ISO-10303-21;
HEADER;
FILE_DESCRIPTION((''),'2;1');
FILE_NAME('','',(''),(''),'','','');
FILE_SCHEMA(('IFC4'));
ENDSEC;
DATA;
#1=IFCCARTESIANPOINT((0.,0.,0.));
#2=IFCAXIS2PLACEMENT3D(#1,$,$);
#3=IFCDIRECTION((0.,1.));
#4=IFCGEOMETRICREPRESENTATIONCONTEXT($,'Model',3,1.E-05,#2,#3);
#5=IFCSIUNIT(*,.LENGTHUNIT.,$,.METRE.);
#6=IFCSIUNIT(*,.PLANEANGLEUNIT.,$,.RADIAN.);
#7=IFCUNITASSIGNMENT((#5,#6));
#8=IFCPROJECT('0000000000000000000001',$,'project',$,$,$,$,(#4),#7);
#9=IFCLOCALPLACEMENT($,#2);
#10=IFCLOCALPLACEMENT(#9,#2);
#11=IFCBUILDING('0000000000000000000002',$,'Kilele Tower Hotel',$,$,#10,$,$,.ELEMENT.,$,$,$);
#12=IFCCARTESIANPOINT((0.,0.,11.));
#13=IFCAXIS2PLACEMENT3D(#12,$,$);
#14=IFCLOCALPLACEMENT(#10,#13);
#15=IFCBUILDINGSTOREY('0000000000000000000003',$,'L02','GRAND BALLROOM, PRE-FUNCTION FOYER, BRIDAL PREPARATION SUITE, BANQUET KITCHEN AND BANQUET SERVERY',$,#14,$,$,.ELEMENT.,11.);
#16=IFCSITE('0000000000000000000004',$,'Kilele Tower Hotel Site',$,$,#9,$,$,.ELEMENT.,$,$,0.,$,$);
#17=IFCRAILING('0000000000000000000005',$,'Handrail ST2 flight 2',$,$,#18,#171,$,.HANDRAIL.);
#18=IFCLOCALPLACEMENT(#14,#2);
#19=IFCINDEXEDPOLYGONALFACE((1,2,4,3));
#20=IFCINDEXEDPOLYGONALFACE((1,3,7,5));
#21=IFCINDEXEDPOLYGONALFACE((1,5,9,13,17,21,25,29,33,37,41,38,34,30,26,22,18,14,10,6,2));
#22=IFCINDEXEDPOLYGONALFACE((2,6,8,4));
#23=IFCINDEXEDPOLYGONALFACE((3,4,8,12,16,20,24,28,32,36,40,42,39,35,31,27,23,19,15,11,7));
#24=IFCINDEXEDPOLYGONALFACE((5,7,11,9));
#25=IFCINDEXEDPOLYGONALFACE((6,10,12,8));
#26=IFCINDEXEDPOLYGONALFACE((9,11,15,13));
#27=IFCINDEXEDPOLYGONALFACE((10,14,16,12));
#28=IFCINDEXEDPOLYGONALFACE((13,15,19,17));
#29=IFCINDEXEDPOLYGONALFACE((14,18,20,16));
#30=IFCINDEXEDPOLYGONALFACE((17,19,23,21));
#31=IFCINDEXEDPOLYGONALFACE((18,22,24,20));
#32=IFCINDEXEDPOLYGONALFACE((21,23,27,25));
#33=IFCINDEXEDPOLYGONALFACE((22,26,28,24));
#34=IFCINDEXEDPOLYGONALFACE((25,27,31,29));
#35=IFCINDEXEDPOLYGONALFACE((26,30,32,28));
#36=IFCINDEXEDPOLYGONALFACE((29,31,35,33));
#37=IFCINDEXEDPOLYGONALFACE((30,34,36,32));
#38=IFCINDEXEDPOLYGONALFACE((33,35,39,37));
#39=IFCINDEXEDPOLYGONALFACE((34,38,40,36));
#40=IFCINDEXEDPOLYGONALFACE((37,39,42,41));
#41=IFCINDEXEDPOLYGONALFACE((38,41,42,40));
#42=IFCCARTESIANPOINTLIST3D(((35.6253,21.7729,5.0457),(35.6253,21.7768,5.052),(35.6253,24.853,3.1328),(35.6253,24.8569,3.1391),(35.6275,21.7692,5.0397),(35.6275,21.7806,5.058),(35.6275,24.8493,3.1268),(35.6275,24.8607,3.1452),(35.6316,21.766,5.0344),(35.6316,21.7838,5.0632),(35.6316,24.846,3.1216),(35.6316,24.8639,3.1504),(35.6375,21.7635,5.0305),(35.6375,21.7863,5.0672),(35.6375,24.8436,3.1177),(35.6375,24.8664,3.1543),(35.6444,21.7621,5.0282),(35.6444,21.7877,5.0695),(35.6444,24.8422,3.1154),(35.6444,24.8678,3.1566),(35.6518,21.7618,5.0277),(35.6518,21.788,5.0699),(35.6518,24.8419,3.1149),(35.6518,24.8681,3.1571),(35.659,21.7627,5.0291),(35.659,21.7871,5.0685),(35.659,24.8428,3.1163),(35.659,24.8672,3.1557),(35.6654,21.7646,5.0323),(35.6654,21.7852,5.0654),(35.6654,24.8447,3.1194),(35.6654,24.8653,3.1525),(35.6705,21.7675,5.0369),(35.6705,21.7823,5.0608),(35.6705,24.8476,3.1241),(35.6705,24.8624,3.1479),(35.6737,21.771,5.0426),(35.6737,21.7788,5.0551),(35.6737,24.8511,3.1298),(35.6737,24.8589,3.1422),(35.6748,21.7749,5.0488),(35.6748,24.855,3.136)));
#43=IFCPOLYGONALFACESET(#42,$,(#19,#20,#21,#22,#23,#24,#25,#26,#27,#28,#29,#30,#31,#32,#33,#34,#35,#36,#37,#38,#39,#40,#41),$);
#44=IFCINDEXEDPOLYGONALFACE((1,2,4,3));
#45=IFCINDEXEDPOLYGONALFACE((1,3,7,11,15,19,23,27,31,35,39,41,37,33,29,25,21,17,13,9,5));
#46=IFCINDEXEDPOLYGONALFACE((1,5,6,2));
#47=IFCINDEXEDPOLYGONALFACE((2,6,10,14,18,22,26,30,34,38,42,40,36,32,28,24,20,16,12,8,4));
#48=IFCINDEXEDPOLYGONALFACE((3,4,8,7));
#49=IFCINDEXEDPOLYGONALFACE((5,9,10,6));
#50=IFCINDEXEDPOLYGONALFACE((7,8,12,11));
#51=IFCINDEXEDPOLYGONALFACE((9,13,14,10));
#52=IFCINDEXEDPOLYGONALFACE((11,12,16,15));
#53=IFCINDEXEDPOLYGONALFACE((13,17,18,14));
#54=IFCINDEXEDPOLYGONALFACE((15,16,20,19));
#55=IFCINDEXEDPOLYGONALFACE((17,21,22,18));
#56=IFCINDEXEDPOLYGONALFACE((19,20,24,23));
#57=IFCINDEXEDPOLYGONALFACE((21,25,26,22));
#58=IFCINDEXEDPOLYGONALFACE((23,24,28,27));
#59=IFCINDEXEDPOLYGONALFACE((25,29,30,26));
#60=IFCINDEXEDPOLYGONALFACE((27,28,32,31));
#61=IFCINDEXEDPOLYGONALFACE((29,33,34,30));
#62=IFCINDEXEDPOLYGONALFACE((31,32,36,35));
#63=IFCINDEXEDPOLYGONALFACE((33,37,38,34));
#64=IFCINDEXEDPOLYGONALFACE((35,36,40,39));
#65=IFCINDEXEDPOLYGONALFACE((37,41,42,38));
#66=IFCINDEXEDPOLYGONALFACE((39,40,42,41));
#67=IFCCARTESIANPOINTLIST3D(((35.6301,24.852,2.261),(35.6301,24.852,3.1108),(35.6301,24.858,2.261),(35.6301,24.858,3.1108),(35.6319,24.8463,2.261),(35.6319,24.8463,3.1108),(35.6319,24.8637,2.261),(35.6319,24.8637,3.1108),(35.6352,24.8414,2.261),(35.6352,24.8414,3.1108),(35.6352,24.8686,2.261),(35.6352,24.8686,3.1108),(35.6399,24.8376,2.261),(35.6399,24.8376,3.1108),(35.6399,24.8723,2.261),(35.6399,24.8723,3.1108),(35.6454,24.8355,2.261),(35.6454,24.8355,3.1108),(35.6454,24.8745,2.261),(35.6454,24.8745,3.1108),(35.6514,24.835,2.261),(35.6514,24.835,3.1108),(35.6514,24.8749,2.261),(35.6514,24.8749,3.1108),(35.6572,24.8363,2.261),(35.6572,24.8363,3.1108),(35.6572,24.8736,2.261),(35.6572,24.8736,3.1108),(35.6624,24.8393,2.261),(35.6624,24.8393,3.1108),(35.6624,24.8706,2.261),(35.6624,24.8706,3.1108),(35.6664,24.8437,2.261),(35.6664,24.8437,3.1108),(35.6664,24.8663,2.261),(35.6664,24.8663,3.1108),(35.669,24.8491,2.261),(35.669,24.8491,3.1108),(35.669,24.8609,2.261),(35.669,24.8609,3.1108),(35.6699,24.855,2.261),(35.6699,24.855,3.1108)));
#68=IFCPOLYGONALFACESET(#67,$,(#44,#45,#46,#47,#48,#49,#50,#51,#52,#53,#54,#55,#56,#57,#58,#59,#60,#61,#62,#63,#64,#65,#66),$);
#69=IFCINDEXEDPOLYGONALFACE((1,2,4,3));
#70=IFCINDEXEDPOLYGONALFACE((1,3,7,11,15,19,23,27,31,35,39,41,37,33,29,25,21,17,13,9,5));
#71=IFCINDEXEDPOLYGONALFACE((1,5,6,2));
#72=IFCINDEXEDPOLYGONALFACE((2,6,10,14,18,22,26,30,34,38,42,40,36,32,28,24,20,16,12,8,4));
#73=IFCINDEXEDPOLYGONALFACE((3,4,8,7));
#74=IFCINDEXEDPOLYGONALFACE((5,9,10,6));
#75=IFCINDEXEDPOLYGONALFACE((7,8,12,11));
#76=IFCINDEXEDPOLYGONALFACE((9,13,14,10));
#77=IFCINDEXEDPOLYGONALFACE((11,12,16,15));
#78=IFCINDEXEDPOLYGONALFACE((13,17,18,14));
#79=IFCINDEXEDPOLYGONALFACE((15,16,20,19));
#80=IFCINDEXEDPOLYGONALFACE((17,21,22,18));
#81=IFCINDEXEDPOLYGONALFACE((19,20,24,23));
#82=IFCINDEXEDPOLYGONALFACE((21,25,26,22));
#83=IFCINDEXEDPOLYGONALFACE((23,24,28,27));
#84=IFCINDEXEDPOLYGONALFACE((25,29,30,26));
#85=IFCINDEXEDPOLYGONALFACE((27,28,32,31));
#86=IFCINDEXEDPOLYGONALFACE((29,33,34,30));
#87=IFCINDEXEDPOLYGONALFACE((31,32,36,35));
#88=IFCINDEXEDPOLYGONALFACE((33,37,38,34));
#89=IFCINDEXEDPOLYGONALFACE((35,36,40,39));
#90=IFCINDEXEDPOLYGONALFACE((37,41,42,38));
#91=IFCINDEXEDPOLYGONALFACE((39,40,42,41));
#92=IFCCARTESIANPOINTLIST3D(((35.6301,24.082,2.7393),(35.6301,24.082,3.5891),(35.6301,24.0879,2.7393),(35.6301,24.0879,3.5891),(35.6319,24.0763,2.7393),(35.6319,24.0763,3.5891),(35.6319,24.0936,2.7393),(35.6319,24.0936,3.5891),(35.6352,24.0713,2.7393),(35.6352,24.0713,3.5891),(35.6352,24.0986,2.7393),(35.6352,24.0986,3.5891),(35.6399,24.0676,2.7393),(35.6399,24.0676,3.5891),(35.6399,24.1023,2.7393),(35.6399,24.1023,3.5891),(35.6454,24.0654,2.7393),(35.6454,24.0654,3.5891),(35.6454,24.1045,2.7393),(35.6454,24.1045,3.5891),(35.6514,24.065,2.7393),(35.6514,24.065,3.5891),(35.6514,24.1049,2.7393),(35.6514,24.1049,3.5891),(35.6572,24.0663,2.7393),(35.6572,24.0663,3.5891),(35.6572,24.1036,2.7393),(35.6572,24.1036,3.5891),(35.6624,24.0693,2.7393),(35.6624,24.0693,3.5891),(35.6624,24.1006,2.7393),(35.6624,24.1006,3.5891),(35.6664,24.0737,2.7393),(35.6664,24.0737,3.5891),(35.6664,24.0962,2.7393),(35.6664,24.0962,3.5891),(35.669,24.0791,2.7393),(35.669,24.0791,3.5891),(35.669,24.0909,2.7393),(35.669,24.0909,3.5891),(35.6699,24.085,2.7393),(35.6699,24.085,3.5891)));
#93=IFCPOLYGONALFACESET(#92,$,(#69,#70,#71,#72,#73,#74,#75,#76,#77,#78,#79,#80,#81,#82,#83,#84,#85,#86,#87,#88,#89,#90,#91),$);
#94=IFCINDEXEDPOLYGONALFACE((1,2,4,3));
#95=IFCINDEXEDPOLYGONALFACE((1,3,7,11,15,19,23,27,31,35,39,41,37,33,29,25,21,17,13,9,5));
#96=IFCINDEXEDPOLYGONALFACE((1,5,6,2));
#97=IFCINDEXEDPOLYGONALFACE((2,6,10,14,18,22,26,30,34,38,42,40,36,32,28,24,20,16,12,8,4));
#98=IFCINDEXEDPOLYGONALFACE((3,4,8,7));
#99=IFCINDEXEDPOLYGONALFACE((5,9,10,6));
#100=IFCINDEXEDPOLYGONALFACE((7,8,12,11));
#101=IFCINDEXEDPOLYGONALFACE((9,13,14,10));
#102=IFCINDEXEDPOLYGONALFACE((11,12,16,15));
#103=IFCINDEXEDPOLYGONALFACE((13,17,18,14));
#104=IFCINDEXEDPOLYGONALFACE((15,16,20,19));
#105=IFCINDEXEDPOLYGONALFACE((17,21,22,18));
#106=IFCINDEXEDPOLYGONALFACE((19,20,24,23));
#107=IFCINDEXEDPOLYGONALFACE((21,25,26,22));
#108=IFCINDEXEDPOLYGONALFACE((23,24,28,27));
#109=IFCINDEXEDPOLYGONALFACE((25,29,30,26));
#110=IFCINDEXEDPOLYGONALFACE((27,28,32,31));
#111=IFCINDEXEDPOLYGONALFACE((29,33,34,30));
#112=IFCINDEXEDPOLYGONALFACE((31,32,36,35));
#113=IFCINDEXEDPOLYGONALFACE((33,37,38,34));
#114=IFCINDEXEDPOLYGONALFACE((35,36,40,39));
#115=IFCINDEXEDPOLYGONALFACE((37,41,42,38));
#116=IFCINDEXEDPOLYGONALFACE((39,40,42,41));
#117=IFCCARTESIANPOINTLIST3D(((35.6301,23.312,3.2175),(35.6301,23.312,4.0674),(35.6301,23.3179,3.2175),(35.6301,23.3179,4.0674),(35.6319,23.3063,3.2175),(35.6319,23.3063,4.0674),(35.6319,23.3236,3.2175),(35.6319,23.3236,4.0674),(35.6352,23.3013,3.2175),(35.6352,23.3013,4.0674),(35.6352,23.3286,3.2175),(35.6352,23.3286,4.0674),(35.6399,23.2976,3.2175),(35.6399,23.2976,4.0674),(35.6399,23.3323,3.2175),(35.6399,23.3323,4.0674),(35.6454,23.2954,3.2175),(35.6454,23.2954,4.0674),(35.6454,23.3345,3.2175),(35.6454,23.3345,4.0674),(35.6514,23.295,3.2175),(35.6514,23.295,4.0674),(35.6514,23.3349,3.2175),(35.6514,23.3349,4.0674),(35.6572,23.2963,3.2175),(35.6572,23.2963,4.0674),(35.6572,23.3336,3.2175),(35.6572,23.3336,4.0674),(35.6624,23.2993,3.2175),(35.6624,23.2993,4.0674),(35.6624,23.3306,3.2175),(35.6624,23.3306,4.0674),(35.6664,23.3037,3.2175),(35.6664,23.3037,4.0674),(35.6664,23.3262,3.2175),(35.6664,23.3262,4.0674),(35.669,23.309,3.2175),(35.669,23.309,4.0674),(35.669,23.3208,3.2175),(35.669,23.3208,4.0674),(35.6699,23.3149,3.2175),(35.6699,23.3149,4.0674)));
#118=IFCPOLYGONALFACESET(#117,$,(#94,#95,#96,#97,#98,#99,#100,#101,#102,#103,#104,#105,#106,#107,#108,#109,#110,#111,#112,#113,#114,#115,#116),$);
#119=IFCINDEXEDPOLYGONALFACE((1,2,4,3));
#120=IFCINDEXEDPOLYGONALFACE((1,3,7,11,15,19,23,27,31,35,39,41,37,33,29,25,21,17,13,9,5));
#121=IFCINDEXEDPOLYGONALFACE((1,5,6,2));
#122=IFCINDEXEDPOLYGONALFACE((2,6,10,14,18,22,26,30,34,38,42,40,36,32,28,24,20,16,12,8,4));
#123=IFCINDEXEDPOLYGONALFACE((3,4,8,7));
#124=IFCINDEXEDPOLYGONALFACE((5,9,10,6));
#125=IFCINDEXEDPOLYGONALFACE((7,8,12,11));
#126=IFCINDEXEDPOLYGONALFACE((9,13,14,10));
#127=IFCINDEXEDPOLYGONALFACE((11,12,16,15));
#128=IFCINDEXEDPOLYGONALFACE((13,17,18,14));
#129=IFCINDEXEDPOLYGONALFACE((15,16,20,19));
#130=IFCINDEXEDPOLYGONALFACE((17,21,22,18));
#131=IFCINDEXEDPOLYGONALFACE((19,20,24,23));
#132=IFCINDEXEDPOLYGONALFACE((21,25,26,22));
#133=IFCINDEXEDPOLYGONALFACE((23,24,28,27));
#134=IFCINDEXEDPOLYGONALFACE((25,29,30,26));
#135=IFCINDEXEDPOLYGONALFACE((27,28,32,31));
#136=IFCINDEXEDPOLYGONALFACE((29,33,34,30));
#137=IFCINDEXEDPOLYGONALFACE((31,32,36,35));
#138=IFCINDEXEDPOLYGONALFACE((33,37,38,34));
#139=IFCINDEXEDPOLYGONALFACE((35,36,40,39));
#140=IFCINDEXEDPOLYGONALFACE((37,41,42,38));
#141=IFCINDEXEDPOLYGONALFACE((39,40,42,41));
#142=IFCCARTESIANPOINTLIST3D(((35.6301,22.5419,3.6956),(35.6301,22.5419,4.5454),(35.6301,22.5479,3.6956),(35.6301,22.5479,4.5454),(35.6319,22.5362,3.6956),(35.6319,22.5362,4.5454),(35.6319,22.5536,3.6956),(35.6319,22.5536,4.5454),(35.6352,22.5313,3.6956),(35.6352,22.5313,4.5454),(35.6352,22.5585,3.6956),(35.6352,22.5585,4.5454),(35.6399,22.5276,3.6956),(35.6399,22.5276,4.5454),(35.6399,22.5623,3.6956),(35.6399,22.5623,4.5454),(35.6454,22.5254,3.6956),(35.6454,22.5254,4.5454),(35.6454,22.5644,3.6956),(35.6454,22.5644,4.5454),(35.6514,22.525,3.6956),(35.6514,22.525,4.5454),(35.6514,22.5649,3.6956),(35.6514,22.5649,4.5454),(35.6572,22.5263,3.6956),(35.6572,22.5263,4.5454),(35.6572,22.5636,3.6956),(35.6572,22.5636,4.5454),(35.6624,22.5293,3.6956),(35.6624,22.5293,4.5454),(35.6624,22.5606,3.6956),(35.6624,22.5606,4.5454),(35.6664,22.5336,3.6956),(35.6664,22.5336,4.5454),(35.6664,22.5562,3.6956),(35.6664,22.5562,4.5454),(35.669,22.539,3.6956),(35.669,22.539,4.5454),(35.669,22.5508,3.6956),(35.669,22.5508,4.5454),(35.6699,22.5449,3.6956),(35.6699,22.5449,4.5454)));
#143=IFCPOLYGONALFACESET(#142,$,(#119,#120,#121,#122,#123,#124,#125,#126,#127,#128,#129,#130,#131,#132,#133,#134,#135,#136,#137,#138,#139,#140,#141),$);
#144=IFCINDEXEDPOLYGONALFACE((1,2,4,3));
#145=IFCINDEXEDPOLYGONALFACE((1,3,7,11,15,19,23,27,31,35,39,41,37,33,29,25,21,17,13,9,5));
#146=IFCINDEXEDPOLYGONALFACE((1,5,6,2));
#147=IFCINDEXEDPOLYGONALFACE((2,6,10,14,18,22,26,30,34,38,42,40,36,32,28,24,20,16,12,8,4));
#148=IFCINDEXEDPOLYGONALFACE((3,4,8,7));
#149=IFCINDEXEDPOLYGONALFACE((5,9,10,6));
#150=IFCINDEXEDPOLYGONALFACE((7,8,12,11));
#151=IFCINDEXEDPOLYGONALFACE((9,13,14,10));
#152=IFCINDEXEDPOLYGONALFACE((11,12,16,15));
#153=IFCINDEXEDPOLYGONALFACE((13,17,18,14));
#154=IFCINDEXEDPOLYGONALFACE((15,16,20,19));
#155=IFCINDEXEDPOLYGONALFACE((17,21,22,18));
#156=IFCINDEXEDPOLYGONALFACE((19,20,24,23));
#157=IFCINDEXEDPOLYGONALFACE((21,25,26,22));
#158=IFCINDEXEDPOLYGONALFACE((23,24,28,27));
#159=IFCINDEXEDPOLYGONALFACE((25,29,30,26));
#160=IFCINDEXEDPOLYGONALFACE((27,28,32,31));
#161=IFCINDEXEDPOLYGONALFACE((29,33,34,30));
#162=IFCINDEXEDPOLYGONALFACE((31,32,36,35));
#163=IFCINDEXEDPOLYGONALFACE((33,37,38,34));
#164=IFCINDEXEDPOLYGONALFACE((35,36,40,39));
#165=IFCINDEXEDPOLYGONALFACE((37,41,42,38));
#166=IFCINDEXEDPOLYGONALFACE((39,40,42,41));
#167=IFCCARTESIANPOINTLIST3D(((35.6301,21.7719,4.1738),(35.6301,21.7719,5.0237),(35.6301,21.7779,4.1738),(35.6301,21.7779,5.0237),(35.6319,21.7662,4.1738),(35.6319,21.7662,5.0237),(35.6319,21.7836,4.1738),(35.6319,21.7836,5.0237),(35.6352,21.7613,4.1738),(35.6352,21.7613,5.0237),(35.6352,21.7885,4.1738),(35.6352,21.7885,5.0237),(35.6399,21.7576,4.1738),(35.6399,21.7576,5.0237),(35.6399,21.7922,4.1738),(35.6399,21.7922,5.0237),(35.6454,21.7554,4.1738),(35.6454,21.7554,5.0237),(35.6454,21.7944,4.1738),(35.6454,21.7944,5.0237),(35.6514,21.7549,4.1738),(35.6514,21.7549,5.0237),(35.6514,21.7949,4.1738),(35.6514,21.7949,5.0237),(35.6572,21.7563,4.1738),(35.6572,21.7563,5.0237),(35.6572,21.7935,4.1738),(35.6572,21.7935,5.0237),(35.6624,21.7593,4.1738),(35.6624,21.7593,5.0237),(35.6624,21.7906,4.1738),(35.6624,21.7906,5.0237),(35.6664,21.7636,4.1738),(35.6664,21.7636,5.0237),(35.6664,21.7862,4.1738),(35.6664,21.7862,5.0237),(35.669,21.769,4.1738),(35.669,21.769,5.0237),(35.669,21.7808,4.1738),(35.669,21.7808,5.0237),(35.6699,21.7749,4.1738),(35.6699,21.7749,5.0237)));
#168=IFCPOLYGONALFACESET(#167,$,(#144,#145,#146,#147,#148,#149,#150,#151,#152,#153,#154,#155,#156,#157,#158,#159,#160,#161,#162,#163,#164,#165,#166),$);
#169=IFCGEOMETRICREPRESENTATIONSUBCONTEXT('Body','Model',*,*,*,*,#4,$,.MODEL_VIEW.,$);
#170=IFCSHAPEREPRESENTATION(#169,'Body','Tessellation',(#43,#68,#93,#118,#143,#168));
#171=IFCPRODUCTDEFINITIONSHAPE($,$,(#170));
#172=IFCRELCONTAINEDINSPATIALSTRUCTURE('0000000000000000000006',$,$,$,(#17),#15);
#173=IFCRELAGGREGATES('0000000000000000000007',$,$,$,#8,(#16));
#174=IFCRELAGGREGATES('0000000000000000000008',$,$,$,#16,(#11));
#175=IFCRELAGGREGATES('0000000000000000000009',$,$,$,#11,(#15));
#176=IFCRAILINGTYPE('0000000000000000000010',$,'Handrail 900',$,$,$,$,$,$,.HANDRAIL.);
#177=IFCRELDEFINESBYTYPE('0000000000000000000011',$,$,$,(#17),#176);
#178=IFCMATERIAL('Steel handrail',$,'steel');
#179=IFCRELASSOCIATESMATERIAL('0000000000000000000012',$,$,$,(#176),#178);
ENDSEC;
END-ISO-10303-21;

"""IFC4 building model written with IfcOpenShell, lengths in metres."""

from ifc_helpers import new_model, si_unit, direction, frame, origin, origin_2d, place, context, subcontext, project, spatial, circle, extrude, material, type_object, element, save


model = new_model("IFC4")

# Units and contexts
model_context = context("Model", 3, precision=1e-05, world=origin(), true_north=direction((0.0, 1.0)))
body_context = subcontext(model_context, "Body", "Model", "MODEL_VIEW")
ifc_project = project(units=[si_unit("LENGTHUNIT", "METRE"), si_unit("PLANEANGLEUNIT", "RADIAN")], contexts=[model_context])

# Site, building, storey
site_placement = place(None, origin())
site = spatial("IfcSite", under=ifc_project, at=site_placement, Name="Kilele Tower Hotel Site", CompositionType="ELEMENT", RefElevation=0.0)
building_placement = place(site_placement, origin())
building = spatial("IfcBuilding", under=site, at=building_placement, Name="Kilele Tower Hotel", CompositionType="ELEMENT")
storey_placement = place(building_placement, frame((0.0, 0.0, 11.0)))
storey = spatial("IfcBuildingStorey", under=building, at=storey_placement, Name="L02", Description="GRAND BALLROOM, PRE-FUNCTION FOYER, BRIDAL PREPARATION SUITE, BANQUET KITCHEN AND BANQUET SERVERY", CompositionType="ELEMENT", Elevation=11.0)

# Railing
ifc_material_1 = material(Name="Steel handrail", Category="steel")
railing_type_1 = type_object("IfcRailingType", Name="Handrail 900", PredefinedType="HANDRAIL", material=ifc_material_1)
for number, where, name in (
    (1, (35.6499, 24.855, 2.261), "Handrail ST2 flight 2"),
):
    element("IfcRailing", number, at=place(storey_placement, frame(where)), inside=storey, type_object=railing_type_1, Name=name, PredefinedType="HANDRAIL", context=body_context, shape_type="SweptSolid", body=[
        extrude(circle(Radius=0.0249, at=origin_2d()), frame((0.0, 0.0, 0.875), z_axis=(0.0, -0.849508, 0.527576), x_axis=(1.0, 0.0, 0.0)), (0.0, 0.0, 1.0), 3.6257),
        extrude(circle(Radius=0.02, at=origin_2d()), origin(), (0.0, 0.0, 1.0), 0.8499),
        extrude(circle(Radius=0.02, at=origin_2d()), frame((0.0, -0.77, 0.4783)), (0.0, 0.0, 1.0), 0.8499),
        extrude(circle(Radius=0.02, at=origin_2d()), frame((0.0, -1.54, 0.9565)), (0.0, 0.0, 1.0), 0.8499),
        extrude(circle(Radius=0.02, at=origin_2d()), frame((0.0, -2.3101, 1.4346)), (0.0, 0.0, 1.0), 0.8499),
        extrude(circle(Radius=0.02, at=origin_2d()), frame((0.0, -3.0801, 1.9128)), (0.0, 0.0, 1.0), 0.8499),
    ])

save(model, "model.ifc")
